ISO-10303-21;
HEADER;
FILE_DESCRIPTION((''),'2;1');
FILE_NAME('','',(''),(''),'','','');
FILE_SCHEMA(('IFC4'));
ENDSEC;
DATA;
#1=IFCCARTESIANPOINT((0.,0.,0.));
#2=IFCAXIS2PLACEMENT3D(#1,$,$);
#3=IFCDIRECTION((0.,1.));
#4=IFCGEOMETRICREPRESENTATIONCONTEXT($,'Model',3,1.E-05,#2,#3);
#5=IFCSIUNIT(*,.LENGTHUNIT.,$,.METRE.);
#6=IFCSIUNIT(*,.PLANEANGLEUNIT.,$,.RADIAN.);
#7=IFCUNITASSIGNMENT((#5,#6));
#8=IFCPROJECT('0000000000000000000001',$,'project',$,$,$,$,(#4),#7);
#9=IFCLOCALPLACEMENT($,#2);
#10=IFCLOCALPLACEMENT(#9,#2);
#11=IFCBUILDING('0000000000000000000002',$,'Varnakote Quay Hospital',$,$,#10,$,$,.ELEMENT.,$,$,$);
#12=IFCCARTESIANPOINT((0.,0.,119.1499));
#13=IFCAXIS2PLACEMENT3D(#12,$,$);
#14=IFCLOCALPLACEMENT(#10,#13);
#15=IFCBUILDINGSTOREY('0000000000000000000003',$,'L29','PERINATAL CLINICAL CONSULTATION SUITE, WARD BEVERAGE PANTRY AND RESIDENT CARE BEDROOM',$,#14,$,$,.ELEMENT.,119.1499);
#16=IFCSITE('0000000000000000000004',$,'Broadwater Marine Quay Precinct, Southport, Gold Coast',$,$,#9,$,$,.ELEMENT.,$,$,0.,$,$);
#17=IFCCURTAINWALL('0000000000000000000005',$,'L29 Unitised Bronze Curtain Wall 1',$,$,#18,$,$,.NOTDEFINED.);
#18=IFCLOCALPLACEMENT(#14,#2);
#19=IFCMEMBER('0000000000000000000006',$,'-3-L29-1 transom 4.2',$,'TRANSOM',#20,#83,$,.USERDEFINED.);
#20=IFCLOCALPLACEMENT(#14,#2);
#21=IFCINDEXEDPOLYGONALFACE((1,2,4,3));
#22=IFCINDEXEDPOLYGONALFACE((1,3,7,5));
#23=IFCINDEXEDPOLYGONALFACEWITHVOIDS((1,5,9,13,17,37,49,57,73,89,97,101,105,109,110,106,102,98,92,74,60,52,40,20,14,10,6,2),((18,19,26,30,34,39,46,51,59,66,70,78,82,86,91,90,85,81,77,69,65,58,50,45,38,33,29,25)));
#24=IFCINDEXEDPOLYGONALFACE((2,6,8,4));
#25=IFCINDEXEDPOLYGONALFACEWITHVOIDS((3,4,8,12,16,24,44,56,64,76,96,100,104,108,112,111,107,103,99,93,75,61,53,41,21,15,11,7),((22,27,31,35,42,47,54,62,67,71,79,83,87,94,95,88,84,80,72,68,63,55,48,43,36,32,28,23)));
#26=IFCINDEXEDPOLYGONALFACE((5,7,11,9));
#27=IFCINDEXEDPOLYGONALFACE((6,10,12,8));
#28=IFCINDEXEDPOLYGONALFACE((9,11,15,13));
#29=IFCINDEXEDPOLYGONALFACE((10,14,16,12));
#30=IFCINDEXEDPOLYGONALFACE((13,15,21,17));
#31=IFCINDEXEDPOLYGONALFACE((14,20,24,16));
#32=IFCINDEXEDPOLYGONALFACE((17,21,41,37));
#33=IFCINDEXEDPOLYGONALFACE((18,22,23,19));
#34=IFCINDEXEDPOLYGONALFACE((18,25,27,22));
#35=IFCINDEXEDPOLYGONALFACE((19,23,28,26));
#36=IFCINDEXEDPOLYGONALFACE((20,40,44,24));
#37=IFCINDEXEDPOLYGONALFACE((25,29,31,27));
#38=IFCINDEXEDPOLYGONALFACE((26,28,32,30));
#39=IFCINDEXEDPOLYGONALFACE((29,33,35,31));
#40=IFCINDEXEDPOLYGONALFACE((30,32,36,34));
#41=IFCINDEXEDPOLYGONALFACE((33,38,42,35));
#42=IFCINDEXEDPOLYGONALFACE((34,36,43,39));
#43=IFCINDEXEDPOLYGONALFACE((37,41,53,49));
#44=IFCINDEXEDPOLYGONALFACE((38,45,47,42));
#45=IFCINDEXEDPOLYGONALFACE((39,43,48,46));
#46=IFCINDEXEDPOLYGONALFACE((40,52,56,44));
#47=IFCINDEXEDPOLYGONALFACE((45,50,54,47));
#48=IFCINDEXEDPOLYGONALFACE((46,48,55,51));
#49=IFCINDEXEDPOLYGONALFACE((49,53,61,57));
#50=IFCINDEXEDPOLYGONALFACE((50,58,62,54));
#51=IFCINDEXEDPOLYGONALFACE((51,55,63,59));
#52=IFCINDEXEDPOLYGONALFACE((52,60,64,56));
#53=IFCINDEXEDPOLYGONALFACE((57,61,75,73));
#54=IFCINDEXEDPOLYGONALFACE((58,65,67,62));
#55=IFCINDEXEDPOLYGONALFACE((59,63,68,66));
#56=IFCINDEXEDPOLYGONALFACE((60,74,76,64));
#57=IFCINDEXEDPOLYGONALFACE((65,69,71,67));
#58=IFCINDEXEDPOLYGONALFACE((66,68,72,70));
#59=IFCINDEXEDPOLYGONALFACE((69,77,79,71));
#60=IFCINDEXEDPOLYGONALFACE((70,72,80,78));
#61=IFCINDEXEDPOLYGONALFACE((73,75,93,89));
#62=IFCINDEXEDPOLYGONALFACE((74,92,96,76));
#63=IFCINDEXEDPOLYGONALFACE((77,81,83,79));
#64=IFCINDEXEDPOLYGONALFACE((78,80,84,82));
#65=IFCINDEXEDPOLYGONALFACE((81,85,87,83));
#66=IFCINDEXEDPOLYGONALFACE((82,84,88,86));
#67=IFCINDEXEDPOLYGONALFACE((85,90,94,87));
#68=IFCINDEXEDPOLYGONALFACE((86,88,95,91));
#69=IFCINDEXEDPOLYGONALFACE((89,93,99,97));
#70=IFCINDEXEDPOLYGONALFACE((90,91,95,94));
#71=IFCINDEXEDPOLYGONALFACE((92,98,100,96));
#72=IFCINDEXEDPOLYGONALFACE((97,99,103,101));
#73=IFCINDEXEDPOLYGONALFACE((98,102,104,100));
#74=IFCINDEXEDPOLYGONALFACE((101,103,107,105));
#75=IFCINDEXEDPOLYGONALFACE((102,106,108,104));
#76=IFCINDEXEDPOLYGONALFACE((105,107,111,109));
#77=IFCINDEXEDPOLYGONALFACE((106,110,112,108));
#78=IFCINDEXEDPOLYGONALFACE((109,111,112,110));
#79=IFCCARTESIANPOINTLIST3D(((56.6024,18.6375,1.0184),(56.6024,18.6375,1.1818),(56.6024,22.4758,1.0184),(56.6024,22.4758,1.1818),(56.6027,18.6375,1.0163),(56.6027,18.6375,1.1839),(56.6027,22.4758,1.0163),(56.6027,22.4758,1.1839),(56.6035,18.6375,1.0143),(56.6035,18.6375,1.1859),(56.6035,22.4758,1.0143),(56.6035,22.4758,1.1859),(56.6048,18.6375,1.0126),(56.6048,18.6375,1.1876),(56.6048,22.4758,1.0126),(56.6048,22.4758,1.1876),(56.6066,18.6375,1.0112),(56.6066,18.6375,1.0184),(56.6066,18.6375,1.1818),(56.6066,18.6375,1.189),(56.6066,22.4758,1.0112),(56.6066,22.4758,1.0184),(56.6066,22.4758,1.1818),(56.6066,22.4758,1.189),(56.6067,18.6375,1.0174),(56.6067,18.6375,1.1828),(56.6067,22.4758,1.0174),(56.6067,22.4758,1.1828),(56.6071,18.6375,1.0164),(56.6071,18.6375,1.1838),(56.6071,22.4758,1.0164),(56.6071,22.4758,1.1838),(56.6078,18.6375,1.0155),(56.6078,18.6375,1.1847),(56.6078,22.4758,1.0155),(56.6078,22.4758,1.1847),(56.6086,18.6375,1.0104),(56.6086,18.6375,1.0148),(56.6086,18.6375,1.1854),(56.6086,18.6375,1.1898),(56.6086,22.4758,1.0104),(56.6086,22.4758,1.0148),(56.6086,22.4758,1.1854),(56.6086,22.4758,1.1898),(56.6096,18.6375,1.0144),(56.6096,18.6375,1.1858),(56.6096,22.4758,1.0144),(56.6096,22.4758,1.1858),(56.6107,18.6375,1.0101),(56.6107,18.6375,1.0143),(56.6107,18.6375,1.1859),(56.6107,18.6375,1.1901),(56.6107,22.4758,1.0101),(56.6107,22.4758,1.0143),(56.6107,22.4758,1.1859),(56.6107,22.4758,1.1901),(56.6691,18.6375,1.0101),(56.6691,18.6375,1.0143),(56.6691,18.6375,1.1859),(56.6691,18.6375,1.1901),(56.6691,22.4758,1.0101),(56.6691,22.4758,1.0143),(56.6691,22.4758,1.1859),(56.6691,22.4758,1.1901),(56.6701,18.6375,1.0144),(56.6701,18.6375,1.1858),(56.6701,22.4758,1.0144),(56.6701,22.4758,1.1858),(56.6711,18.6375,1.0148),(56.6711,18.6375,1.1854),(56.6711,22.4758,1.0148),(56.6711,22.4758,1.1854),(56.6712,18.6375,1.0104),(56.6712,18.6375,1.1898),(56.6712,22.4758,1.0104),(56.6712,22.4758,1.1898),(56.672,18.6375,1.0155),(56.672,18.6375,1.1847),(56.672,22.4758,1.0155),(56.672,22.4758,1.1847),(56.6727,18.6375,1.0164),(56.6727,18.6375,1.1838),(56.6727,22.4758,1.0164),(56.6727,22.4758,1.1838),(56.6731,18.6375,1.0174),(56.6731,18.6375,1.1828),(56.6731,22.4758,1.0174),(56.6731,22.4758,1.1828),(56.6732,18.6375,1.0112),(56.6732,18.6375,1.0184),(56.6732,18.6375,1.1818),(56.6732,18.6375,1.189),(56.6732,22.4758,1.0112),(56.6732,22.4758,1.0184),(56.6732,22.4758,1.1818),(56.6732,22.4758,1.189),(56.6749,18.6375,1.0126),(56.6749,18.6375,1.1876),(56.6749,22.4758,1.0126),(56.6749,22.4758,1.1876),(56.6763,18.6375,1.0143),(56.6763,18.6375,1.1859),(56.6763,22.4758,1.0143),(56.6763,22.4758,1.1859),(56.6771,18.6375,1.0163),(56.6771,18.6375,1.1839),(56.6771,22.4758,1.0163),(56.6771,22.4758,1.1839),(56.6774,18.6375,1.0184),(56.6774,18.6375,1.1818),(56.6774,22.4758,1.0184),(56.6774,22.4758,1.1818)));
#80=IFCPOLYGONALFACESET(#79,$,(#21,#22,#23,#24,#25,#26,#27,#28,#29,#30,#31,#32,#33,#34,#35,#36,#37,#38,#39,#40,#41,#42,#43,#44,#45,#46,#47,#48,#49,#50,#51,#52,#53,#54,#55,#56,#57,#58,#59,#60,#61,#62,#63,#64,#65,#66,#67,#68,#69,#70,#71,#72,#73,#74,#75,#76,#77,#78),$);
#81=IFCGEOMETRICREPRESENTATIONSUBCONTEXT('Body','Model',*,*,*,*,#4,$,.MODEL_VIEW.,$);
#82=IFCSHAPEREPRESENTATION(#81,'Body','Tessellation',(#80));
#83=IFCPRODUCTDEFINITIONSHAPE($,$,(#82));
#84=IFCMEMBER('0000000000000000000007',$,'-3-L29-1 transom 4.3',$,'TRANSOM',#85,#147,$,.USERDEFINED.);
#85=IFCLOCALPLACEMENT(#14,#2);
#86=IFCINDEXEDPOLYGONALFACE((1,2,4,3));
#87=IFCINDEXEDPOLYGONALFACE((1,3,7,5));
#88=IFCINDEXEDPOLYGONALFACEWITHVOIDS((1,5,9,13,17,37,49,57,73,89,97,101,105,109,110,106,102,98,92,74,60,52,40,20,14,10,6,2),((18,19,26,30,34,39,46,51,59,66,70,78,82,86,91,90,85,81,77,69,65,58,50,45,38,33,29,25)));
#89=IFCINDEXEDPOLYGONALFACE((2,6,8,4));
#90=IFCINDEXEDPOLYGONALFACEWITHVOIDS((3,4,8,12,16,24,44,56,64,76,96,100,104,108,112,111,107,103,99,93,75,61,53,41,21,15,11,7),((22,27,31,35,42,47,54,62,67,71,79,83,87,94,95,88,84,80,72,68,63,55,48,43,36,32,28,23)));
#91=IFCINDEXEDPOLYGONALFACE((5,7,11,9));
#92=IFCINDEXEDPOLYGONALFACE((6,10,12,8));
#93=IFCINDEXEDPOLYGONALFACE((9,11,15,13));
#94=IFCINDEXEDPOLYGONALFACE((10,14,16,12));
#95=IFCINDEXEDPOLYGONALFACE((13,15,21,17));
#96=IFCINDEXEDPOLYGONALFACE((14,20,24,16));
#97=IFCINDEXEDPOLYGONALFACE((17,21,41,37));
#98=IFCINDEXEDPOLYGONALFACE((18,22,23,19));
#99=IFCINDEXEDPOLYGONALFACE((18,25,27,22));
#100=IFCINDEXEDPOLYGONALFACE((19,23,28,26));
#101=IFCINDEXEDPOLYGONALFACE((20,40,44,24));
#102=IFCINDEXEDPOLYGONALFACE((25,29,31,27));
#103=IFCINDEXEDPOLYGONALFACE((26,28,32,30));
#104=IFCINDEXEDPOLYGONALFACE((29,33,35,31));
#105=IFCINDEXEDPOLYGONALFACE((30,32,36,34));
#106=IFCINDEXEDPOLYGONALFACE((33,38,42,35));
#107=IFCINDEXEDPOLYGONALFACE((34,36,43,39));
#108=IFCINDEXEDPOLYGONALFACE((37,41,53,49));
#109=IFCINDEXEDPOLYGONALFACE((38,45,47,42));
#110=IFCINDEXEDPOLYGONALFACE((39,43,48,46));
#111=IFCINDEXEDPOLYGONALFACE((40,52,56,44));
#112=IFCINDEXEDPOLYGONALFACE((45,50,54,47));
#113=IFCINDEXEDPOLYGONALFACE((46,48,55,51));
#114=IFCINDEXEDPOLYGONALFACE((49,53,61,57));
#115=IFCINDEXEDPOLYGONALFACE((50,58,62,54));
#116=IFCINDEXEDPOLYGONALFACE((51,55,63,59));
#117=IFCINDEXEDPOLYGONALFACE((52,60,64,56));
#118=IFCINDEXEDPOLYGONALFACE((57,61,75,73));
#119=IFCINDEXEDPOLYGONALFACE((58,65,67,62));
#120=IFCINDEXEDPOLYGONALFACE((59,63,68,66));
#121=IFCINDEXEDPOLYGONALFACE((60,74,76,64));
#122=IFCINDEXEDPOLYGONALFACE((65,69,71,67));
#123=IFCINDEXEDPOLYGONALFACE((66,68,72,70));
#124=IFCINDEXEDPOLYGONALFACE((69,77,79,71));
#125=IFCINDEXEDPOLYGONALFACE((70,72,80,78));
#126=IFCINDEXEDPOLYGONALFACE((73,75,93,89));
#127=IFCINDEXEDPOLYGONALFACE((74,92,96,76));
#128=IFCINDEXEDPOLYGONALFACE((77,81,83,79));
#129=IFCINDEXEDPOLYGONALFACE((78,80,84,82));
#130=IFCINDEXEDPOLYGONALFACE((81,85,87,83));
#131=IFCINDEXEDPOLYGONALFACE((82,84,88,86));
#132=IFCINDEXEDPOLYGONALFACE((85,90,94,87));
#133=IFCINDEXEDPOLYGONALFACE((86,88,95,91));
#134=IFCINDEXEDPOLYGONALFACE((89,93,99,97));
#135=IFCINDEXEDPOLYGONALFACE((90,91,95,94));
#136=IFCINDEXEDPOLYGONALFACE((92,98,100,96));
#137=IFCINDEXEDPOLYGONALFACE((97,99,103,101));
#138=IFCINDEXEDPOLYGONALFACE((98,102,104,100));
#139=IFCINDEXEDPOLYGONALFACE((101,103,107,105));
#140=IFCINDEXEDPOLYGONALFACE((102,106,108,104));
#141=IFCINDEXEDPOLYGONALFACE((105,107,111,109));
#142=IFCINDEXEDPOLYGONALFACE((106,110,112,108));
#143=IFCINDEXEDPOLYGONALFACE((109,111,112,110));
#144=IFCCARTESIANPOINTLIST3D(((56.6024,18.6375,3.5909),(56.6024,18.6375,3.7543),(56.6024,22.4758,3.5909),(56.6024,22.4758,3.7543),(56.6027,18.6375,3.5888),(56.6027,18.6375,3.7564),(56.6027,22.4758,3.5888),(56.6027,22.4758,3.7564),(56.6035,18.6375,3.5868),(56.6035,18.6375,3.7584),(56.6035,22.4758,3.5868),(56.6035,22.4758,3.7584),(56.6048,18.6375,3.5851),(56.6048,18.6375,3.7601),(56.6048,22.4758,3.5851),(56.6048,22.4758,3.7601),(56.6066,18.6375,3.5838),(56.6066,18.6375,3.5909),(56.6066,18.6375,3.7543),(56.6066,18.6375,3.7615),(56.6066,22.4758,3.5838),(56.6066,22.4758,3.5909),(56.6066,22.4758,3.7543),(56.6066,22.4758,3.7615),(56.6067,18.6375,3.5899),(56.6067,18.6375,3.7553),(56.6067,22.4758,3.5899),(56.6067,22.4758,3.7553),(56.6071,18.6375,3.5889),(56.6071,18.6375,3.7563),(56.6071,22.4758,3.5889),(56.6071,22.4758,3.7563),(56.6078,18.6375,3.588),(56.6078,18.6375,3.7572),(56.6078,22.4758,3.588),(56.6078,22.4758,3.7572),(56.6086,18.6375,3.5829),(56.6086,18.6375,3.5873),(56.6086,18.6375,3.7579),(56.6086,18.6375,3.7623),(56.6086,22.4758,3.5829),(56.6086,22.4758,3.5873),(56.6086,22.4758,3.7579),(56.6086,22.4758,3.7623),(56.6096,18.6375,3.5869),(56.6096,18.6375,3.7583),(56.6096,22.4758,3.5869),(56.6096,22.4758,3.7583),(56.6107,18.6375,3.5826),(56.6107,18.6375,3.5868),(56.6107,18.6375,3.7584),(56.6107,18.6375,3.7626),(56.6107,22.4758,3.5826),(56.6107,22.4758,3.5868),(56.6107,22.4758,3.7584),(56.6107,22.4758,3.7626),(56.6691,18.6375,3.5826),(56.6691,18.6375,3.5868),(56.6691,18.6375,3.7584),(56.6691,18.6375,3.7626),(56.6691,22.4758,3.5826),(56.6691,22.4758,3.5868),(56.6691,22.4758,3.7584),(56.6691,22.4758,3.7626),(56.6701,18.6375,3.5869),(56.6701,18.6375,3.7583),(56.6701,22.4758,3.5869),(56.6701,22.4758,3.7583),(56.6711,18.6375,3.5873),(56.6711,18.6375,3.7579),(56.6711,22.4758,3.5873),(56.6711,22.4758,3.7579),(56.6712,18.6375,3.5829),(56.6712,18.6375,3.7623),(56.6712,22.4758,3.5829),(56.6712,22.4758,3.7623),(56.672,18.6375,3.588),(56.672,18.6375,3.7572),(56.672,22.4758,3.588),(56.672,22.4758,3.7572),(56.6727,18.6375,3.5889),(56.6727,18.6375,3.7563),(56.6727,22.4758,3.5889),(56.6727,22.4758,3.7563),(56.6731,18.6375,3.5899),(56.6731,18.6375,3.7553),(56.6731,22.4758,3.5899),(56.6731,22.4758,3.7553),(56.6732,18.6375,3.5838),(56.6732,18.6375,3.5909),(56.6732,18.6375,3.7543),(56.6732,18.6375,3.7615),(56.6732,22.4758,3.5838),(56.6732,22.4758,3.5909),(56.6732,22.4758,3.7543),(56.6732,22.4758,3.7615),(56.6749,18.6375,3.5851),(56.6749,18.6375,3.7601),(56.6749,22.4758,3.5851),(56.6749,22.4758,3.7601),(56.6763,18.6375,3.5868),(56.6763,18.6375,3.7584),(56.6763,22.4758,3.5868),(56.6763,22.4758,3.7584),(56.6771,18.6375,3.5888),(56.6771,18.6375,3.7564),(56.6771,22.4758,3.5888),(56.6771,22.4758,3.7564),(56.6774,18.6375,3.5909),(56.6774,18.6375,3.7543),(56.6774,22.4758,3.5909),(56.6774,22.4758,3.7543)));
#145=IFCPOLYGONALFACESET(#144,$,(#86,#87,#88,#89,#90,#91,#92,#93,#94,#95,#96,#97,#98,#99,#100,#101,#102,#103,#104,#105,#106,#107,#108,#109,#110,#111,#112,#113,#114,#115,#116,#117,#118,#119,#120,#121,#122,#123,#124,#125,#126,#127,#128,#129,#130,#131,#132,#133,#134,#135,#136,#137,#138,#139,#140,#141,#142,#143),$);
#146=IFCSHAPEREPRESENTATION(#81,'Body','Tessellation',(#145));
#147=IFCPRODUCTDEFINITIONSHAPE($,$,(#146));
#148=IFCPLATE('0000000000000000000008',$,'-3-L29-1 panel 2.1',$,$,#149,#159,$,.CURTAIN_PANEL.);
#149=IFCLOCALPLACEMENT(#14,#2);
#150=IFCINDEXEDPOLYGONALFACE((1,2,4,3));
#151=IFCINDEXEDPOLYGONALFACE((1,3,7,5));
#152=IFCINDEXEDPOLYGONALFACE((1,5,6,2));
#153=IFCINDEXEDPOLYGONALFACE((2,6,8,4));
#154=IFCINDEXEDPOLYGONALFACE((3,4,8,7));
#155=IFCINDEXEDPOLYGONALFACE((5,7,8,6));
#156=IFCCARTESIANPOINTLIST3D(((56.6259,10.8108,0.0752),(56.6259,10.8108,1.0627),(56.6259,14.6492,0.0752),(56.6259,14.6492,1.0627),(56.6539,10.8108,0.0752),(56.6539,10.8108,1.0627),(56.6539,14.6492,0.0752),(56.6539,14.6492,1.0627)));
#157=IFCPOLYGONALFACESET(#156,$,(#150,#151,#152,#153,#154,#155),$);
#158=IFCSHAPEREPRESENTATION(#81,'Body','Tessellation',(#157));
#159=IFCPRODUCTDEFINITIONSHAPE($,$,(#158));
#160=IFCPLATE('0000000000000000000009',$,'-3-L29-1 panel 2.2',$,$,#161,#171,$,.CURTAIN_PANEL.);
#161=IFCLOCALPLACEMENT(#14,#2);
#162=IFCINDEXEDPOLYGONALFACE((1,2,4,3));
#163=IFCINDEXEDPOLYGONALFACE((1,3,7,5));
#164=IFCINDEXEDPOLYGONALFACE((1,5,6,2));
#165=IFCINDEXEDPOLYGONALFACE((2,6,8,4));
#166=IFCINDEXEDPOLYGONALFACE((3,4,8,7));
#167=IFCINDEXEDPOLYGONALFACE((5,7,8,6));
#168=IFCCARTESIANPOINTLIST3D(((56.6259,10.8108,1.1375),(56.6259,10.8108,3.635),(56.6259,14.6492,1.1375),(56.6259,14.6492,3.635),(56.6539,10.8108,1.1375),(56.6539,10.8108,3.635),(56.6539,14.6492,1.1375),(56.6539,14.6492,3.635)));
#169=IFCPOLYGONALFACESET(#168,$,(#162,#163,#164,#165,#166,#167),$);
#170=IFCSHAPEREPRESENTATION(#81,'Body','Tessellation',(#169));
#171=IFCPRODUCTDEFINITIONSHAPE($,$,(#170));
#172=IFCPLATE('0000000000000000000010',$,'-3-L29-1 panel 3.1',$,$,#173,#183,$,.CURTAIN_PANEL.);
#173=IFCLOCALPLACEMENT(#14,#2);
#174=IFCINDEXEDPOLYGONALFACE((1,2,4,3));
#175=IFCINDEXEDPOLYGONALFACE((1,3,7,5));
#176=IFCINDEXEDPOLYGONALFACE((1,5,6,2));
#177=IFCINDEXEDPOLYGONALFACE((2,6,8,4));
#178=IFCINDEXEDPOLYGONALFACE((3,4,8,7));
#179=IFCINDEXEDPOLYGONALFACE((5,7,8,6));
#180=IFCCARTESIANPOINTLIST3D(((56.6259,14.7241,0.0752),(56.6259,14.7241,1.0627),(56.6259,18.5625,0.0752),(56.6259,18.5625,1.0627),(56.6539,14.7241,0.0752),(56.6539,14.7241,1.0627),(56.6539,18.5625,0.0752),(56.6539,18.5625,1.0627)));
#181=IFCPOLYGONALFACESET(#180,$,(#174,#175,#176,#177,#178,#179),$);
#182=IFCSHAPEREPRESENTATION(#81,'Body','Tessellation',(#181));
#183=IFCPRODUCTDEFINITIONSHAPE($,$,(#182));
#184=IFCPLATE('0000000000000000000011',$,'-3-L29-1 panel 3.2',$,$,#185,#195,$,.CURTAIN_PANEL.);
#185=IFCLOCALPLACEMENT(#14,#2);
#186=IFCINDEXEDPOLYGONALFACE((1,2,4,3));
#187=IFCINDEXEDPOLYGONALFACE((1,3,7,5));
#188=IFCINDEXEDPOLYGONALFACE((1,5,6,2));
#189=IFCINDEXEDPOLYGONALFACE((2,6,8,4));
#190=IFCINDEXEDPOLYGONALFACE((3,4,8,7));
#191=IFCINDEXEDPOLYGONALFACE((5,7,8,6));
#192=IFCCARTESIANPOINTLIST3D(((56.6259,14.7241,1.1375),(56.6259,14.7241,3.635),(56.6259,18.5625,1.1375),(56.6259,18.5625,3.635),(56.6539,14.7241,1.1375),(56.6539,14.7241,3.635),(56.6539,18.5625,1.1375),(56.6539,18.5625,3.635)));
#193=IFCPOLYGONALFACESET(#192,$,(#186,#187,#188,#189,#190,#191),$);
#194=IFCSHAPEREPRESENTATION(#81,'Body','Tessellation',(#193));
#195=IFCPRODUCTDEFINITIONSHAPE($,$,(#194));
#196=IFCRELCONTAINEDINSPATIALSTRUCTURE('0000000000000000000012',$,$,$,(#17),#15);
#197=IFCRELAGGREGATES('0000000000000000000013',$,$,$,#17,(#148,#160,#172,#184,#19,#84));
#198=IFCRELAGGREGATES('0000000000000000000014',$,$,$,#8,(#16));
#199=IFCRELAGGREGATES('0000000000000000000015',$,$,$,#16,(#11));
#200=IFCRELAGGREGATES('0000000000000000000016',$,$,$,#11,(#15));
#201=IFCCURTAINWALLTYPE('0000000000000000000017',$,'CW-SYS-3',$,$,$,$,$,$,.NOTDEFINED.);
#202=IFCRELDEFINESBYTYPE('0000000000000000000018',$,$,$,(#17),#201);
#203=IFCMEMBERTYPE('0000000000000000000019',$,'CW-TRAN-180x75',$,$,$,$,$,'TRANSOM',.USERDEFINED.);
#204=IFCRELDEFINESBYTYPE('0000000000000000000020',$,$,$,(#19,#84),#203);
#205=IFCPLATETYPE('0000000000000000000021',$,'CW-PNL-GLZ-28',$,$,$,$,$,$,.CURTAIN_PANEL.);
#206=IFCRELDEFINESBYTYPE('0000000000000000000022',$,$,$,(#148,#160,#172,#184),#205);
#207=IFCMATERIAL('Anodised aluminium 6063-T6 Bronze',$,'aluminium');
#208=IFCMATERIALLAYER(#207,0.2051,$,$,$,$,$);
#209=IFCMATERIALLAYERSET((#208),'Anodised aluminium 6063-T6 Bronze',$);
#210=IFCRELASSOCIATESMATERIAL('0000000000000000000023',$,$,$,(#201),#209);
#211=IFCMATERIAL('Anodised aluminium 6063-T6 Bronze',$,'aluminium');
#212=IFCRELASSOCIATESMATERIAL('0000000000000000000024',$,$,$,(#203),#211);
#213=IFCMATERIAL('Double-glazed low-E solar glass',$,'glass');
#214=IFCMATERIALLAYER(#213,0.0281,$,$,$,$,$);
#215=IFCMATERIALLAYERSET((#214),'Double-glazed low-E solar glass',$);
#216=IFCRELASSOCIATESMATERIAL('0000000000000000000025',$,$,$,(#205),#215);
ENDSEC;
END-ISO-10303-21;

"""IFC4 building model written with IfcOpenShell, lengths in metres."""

from ifc_helpers import new_model, si_unit, direction, frame, origin, origin_2d, place, context, subcontext, project, spatial, rectangle, hollow_rectangle, extrude, material, layer, layer_set, material_profile, profile_set, type_object, element, aggregate, save


model = new_model("IFC4")

# Units and contexts
model_context = context("Model", 3, precision=1e-05, world=origin(), true_north=direction((0.0, 1.0)))
body_context = subcontext(model_context, "Body", "Model", "MODEL_VIEW")
ifc_project = project(units=[si_unit("LENGTHUNIT", "METRE"), si_unit("PLANEANGLEUNIT", "RADIAN")], contexts=[model_context])

# Site, building, storey
site_placement = place(None, origin())
site = spatial("IfcSite", under=ifc_project, at=site_placement, Name="Broadwater Marine Quay Precinct, Southport, Gold Coast", CompositionType="ELEMENT", RefElevation=0.0)
building_placement = place(site_placement, origin())
building = spatial("IfcBuilding", under=site, at=building_placement, Name="Varnakote Quay Hospital", CompositionType="ELEMENT")
storey_placement = place(building_placement, frame((0.0, 0.0, 119.1499)))
storey = spatial("IfcBuildingStorey", under=building, at=storey_placement, Name="L29", Description="PERINATAL CLINICAL CONSULTATION SUITE, WARD BEVERAGE PANTRY AND RESIDENT CARE BEDROOM", CompositionType="ELEMENT", Elevation=119.1499)

# Curtain wall, members, plates
ifc_material_1 = material(Name="Anodised aluminium 6063-T6 Bronze", Category="aluminium")
ifc_layer_1 = layer(ifc_material_1, 0.2051)
ifc_layer_set_1 = layer_set([ifc_layer_1], Name="Anodised aluminium 6063-T6 Bronze")
curtain_wall_type = type_object("IfcCurtainWallType", Name="CW-SYS-3", PredefinedType="NOTDEFINED", material=ifc_layer_set_1)
curtain_wall_placement = place(storey_placement, origin())
curtain_wall = element("IfcCurtainWall", 1, at=curtain_wall_placement, inside=storey, type_object=curtain_wall_type, Name="L29 Unitised Bronze Curtain Wall 1", PredefinedType="NOTDEFINED")
ifc_material_2 = material(Name="Anodised aluminium 6063-T6 Bronze", Category="aluminium")
ifc_material_profile_1 = material_profile(ifc_material_2, hollow_rectangle(XDim=0.075, YDim=0.1799, WallThickness=0.0042, InnerFilletRadius=0.0042, OuterFilletRadius=0.0083, at=origin_2d()), Name="CW-TRAN-180x75")
ifc_profile_set_1 = profile_set([ifc_material_profile_1], Name="Anodised aluminium 6063-T6 Bronze")
member_type_1 = type_object("IfcMemberType", Name="CW-TRAN-180x75", ElementType="TRANSOM", PredefinedType="USERDEFINED", material=ifc_profile_set_1)
member_1_placement = place(storey_placement, frame((56.6399, 18.6375, 1.1001), z_axis=(0.0, 1.0, 0.0), x_axis=(-1.0, 0.0, 0.0)))
member_1 = element("IfcMember", 2, at=member_1_placement, type_object=member_type_1, Name="-3-L29-1 transom 4.2", ObjectType="TRANSOM", PredefinedType="USERDEFINED", context=body_context, shape_type="SweptSolid", body=[
    extrude(hollow_rectangle(XDim=0.075, YDim=0.1799, WallThickness=0.0042, InnerFilletRadius=0.0042, OuterFilletRadius=0.0083, at=origin_2d()), origin(), (0.0, 0.0, 1.0), 3.8384),
])
member_2_placement = place(storey_placement, frame((56.6399, 18.6375, 3.6726), z_axis=(0.0, 1.0, 0.0), x_axis=(-1.0, 0.0, 0.0)))
member_2 = element("IfcMember", 3, at=member_2_placement, type_object=member_type_1, Name="-3-L29-1 transom 4.3", ObjectType="TRANSOM", PredefinedType="USERDEFINED", context=body_context, shape_type="SweptSolid", body=[
    extrude(hollow_rectangle(XDim=0.075, YDim=0.1799, WallThickness=0.0042, InnerFilletRadius=0.0042, OuterFilletRadius=0.0083, at=origin_2d()), origin(), (0.0, 0.0, 1.0), 3.8384),
])
ifc_material_3 = material(Name="Double-glazed low-E solar glass", Category="glass")
ifc_layer_2 = layer(ifc_material_3, 0.0281)
ifc_layer_set_2 = layer_set([ifc_layer_2], Name="Double-glazed low-E solar glass")
plate_type = type_object("IfcPlateType", Name="CW-PNL-GLZ-28", PredefinedType="CURTAIN_PANEL", material=ifc_layer_set_2)
plate_1_placement = place(storey_placement, frame((56.6399, 12.73, 0.0752), z_axis=(0.0, 0.0, 1.0), x_axis=(0.0, 1.0, 0.0)))
plate_1 = element("IfcPlate", 4, at=plate_1_placement, type_object=plate_type, Name="-3-L29-1 panel 2.1", PredefinedType="CURTAIN_PANEL", context=body_context, shape_type="SweptSolid", body=[
    extrude(rectangle(XDim=3.8384, YDim=0.0281, at=origin_2d()), origin(), (0.0, 0.0, 1.0), 0.9875),
])
plate_2_placement = place(storey_placement, frame((56.6399, 12.73, 1.1375), z_axis=(0.0, 0.0, 1.0), x_axis=(0.0, 1.0, 0.0)))
plate_2 = element("IfcPlate", 5, at=plate_2_placement, type_object=plate_type, Name="-3-L29-1 panel 2.2", PredefinedType="CURTAIN_PANEL", context=body_context, shape_type="SweptSolid", body=[
    extrude(rectangle(XDim=3.8384, YDim=0.0281, at=origin_2d()), origin(), (0.0, 0.0, 1.0), 2.4976),
])
plate_3_placement = place(storey_placement, frame((56.6399, 16.6433, 0.0752), z_axis=(0.0, 0.0, 1.0), x_axis=(0.0, 1.0, 0.0)))
plate_3 = element("IfcPlate", 6, at=plate_3_placement, type_object=plate_type, Name="-3-L29-1 panel 3.1", PredefinedType="CURTAIN_PANEL", context=body_context, shape_type="SweptSolid", body=[
    extrude(rectangle(XDim=3.8384, YDim=0.0281, at=origin_2d()), origin(), (0.0, 0.0, 1.0), 0.9875),
])
plate_4_placement = place(storey_placement, frame((56.6399, 16.6433, 1.1375), z_axis=(0.0, 0.0, 1.0), x_axis=(0.0, 1.0, 0.0)))
plate_4 = element("IfcPlate", 7, at=plate_4_placement, type_object=plate_type, Name="-3-L29-1 panel 3.2", PredefinedType="CURTAIN_PANEL", context=body_context, shape_type="SweptSolid", body=[
    extrude(rectangle(XDim=3.8384, YDim=0.0281, at=origin_2d()), origin(), (0.0, 0.0, 1.0), 2.4976),
])
aggregate(curtain_wall, [plate_1, plate_2, plate_3, plate_4, member_1, member_2])

save(model, "model.ifc")
